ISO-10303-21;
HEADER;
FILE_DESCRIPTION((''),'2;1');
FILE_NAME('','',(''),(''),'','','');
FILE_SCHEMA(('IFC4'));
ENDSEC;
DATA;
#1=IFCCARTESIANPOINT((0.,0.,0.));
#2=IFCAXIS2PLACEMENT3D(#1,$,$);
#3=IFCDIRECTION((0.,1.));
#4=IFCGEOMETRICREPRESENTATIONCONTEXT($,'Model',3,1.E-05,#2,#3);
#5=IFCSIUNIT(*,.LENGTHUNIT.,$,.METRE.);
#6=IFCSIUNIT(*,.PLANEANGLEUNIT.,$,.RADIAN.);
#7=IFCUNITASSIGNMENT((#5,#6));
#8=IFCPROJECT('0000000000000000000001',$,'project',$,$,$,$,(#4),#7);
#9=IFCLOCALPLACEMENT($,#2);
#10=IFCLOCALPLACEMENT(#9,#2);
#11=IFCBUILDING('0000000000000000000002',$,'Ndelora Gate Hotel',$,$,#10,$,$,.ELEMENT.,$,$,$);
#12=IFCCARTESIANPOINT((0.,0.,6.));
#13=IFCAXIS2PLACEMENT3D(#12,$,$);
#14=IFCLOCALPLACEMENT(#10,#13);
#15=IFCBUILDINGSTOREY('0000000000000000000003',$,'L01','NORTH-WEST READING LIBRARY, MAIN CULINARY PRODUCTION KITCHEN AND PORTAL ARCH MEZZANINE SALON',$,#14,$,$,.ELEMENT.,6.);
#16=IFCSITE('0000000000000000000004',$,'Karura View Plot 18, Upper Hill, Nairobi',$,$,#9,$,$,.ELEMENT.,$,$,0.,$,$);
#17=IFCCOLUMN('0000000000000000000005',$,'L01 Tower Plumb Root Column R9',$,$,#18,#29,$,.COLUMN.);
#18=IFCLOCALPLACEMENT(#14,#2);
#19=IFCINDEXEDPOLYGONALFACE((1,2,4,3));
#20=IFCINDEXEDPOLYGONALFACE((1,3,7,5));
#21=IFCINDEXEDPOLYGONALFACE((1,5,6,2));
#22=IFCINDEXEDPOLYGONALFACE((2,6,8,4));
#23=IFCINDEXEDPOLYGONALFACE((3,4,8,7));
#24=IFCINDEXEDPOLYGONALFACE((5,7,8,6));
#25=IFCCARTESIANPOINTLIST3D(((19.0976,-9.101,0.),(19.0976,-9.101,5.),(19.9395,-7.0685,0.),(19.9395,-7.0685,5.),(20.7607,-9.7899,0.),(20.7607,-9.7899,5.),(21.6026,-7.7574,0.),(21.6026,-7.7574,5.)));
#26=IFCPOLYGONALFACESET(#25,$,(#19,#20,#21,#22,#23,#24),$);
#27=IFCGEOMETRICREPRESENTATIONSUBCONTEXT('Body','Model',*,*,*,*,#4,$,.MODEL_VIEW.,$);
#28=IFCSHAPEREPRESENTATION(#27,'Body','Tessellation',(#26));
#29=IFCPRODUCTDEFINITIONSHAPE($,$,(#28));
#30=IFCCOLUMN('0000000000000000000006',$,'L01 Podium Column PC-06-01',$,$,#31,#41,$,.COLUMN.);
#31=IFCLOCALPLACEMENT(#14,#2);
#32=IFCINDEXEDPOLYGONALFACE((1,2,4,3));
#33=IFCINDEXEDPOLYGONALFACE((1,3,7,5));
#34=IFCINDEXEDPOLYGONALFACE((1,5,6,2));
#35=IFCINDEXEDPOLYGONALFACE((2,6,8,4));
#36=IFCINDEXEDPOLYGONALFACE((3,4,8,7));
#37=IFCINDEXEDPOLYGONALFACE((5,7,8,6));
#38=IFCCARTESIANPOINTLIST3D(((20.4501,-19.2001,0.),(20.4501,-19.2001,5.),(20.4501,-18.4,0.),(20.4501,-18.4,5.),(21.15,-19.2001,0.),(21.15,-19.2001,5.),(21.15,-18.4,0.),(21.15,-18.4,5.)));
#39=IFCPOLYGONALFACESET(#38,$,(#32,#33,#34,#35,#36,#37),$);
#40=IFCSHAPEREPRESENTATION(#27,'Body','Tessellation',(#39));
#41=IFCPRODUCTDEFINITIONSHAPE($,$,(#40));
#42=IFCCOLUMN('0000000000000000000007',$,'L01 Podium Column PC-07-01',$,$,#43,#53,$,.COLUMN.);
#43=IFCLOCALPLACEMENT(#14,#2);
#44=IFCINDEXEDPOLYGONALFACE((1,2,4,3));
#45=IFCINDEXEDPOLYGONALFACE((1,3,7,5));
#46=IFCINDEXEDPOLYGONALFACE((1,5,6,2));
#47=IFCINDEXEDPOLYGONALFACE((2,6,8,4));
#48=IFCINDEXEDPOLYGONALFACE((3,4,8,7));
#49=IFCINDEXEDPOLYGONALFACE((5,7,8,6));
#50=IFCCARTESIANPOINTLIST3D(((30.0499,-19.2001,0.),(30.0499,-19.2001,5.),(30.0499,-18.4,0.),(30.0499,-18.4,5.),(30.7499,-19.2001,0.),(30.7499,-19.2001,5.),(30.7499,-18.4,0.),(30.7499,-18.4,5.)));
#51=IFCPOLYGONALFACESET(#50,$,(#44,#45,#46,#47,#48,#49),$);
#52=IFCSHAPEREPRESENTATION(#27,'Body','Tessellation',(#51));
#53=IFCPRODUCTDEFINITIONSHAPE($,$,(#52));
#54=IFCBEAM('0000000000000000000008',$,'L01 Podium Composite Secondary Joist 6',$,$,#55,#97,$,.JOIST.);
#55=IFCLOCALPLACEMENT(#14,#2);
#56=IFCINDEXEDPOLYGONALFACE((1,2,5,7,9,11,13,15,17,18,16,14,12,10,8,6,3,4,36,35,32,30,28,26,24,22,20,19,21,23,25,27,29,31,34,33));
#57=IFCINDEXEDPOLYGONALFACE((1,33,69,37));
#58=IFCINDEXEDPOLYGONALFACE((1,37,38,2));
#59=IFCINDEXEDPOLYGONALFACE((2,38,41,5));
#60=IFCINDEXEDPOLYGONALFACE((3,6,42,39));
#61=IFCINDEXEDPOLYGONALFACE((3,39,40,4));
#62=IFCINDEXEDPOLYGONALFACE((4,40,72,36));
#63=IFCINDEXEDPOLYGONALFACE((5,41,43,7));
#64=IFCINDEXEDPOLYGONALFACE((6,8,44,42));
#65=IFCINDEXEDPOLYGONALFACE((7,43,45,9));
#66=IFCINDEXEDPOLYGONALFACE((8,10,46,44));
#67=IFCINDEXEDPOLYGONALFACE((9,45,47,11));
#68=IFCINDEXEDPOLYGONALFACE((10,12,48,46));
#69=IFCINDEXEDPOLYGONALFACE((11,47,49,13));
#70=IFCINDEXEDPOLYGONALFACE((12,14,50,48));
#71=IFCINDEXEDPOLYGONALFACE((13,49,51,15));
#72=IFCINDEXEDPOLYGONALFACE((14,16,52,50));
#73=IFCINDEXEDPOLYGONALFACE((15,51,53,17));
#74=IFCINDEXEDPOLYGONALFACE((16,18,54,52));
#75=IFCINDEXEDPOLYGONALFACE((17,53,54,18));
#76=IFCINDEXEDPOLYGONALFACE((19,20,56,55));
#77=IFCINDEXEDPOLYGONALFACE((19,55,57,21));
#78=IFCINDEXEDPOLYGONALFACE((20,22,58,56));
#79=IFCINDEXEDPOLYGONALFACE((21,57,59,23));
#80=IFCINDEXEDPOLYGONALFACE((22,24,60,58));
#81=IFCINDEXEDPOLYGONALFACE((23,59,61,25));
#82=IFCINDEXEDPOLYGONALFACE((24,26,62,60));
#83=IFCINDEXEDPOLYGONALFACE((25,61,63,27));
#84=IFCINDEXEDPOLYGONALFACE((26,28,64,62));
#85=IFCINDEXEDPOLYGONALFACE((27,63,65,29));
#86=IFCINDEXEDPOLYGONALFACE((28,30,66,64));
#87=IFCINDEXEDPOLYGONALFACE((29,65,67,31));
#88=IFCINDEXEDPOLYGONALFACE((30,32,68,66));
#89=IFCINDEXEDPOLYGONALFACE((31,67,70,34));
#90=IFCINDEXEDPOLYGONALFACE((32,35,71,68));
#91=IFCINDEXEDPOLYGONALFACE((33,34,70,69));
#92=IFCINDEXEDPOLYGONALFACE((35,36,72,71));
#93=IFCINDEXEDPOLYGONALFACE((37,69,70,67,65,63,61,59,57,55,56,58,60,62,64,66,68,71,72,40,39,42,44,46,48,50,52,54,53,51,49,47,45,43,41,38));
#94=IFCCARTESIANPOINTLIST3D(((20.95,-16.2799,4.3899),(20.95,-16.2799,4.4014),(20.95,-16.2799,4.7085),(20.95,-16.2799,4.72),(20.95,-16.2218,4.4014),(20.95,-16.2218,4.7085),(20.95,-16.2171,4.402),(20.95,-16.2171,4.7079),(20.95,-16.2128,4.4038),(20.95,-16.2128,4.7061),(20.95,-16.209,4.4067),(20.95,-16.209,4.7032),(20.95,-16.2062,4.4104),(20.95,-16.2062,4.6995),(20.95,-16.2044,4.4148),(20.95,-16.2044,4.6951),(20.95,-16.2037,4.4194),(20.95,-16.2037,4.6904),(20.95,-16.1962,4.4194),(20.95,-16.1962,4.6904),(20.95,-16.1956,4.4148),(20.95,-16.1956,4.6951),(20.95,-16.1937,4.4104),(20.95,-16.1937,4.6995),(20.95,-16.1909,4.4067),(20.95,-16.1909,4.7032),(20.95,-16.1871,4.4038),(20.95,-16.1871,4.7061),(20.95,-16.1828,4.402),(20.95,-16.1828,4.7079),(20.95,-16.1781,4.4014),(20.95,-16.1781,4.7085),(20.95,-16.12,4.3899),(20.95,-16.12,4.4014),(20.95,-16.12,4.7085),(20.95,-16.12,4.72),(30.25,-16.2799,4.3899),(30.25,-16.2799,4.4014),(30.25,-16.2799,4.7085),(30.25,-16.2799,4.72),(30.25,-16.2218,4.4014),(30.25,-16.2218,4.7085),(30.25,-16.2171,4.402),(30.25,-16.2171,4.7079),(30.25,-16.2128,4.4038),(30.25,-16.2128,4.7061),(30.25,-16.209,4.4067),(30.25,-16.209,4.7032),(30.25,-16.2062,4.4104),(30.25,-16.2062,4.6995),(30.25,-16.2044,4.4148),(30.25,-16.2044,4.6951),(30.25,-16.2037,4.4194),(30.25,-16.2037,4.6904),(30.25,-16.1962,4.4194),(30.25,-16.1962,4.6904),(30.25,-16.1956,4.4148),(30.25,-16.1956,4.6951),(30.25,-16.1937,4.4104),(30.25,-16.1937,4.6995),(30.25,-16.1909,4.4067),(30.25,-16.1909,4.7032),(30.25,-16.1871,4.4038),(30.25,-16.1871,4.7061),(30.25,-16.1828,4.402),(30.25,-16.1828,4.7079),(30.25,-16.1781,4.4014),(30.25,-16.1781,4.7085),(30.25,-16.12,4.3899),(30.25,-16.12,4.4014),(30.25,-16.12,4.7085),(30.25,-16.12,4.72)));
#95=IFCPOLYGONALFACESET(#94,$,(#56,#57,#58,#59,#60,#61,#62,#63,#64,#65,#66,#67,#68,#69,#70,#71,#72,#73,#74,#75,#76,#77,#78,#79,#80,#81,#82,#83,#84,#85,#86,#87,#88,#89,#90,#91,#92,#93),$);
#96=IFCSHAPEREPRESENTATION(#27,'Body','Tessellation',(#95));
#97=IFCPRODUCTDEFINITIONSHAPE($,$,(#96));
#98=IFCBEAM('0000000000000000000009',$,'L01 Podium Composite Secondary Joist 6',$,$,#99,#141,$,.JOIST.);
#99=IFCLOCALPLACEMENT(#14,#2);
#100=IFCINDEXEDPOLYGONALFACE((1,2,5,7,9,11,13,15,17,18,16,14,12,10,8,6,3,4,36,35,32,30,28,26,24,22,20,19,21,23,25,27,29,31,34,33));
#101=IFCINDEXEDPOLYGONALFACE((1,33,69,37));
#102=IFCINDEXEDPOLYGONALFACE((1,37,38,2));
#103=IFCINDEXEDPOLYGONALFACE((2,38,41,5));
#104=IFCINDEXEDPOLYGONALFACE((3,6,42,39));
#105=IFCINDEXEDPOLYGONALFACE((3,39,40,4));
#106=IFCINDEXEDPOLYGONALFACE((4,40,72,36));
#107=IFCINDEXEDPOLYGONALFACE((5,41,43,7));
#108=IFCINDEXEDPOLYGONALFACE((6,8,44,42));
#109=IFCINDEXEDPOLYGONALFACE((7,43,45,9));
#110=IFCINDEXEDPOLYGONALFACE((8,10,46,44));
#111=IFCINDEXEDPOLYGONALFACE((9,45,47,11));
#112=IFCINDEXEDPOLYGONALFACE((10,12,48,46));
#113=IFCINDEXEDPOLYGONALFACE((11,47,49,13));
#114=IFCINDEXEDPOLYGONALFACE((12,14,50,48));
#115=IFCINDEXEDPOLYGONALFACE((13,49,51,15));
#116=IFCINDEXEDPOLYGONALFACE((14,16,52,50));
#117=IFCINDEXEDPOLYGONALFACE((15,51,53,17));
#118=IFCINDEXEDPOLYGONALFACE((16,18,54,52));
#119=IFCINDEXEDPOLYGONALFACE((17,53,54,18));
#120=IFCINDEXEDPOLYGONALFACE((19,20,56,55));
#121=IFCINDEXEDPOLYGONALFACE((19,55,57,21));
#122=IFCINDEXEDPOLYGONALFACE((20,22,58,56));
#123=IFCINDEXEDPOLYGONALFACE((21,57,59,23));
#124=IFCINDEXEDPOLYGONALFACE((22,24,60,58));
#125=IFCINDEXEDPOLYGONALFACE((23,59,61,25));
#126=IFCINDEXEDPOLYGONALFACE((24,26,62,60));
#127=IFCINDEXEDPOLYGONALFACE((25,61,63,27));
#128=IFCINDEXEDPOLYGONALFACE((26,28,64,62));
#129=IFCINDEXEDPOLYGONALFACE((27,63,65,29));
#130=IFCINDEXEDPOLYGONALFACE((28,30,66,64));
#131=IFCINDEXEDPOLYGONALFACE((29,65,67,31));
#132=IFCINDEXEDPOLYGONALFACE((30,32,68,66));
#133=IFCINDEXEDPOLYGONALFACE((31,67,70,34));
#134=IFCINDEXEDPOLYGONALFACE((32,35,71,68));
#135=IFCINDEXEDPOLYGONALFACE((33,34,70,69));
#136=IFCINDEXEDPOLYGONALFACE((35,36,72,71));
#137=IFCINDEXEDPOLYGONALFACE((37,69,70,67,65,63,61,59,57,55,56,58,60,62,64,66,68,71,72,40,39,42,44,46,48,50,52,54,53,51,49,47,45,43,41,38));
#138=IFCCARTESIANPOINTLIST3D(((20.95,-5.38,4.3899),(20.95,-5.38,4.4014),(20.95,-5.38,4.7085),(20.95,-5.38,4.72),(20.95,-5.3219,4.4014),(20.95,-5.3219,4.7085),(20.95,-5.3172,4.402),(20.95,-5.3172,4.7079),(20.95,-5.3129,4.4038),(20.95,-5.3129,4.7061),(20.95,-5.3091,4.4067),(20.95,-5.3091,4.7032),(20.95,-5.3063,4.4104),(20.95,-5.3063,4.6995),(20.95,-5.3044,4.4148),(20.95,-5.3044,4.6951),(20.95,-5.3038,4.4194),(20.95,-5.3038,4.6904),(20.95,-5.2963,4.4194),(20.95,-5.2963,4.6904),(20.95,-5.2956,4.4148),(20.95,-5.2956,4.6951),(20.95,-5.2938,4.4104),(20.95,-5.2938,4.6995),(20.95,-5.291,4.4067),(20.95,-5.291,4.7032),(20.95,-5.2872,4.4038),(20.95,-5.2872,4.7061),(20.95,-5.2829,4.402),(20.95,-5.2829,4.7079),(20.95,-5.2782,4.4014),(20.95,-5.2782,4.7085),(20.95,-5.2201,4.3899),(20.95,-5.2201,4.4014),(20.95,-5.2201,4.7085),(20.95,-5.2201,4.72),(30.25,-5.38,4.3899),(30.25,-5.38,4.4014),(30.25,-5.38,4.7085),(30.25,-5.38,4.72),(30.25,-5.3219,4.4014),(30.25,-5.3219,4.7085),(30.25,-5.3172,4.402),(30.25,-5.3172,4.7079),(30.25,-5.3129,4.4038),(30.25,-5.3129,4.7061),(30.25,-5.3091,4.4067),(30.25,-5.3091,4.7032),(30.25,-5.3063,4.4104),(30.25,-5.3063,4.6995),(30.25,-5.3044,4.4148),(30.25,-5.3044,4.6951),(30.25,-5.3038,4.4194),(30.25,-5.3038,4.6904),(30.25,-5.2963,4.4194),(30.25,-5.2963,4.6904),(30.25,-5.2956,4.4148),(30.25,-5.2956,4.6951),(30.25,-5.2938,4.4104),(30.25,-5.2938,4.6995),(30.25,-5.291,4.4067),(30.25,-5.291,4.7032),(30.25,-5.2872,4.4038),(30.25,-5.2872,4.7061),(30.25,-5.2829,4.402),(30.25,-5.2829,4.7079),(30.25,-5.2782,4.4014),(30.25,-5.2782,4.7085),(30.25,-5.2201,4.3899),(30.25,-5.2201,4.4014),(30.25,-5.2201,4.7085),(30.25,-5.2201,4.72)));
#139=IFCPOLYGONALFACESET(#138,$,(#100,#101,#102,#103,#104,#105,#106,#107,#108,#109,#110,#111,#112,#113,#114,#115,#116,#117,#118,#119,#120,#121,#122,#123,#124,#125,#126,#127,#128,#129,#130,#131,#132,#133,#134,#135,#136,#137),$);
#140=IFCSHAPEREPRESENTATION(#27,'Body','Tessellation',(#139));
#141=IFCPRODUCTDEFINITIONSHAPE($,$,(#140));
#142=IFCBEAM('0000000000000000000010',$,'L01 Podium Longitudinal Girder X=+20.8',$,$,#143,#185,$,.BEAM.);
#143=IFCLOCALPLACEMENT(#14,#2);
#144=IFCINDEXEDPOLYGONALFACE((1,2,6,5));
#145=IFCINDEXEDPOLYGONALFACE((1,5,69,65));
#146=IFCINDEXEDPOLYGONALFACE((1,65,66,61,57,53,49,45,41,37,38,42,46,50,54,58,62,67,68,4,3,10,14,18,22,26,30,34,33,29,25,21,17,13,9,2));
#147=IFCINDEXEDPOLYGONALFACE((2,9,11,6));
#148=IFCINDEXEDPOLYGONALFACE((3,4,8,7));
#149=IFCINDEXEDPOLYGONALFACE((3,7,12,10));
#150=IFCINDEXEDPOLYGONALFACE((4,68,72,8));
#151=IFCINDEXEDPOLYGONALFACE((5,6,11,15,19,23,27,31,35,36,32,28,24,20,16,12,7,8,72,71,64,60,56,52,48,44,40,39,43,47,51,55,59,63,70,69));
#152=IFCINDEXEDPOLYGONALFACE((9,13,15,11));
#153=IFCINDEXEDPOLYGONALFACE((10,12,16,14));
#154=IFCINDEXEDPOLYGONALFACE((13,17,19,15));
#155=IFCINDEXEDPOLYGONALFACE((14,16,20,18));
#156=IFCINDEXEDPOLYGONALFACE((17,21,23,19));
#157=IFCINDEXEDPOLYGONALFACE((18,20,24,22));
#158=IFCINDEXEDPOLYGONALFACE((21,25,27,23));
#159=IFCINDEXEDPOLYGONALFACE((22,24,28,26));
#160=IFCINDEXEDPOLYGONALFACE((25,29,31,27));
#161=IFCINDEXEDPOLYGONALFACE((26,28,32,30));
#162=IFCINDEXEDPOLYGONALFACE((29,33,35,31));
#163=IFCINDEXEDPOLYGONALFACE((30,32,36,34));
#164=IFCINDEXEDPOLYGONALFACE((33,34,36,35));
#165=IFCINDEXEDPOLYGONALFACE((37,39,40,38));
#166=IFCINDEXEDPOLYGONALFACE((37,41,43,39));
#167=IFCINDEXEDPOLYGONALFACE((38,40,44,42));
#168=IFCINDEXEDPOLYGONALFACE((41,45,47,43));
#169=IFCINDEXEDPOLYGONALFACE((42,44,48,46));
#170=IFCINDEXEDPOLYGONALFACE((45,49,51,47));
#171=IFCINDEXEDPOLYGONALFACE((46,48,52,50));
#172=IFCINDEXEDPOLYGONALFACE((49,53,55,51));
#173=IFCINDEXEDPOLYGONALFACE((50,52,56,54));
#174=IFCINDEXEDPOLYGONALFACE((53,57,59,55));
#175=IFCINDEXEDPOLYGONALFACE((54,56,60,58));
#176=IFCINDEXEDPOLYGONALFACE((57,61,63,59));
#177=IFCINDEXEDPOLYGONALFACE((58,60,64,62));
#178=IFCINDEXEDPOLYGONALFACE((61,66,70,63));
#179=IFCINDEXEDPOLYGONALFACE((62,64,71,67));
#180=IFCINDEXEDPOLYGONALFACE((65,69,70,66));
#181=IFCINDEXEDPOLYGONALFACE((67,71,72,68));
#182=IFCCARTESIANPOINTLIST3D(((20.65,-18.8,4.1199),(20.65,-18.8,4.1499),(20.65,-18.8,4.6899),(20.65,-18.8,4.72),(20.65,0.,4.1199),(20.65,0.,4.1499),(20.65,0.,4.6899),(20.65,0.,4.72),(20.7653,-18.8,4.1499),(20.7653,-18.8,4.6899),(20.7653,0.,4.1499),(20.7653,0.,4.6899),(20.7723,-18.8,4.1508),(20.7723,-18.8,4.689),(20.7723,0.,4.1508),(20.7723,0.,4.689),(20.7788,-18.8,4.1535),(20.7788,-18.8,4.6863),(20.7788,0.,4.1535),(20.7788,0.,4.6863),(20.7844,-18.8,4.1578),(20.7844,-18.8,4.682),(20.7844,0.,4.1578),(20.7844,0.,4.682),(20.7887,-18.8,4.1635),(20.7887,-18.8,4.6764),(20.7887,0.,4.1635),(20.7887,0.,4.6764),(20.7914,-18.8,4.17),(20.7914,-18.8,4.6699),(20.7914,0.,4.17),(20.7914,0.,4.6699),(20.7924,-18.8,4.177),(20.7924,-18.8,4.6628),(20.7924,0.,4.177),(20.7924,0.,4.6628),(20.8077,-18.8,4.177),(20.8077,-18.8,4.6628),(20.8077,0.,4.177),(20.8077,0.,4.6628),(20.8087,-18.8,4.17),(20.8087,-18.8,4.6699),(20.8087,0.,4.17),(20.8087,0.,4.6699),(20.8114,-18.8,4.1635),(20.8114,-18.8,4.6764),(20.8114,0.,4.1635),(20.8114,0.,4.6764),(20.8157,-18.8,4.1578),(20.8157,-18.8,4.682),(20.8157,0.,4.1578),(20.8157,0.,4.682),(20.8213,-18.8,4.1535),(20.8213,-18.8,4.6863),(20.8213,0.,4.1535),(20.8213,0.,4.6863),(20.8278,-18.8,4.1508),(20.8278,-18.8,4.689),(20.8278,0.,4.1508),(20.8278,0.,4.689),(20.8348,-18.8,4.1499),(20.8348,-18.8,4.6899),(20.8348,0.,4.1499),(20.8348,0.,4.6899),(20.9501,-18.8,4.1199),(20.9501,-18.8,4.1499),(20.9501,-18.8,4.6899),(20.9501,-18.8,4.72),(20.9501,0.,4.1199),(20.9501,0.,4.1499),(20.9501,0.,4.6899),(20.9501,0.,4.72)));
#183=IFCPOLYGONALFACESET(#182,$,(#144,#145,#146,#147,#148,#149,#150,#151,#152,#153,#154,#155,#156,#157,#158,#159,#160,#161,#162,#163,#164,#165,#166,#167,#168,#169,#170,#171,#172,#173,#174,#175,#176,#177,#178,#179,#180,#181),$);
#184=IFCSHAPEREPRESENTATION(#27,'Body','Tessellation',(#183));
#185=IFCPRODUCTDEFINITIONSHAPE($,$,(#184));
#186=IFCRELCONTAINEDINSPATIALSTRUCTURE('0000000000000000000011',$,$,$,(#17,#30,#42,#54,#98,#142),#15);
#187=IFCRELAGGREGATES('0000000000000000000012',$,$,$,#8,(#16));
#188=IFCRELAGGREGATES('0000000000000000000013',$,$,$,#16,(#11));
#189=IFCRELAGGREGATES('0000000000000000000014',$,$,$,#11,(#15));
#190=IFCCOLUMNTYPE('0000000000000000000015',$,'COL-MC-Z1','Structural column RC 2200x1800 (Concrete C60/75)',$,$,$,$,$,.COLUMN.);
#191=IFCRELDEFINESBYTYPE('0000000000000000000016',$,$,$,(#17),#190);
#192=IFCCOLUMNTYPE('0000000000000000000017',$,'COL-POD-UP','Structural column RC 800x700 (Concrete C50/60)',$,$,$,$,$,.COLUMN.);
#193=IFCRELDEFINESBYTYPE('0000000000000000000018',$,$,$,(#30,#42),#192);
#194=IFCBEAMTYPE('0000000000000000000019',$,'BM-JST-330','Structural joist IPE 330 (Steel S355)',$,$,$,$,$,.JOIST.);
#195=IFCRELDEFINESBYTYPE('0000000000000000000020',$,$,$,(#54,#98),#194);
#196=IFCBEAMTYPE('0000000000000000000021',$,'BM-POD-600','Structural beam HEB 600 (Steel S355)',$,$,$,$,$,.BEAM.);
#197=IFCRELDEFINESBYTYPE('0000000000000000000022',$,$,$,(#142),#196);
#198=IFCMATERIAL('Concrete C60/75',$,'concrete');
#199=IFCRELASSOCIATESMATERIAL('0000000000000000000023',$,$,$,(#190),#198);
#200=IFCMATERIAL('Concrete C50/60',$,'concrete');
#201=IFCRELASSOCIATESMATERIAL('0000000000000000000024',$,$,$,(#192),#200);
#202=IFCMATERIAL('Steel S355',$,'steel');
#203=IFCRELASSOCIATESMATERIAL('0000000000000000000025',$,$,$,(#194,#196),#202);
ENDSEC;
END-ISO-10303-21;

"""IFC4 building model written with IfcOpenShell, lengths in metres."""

from ifc_helpers import new_model, si_unit, direction, frame, origin, origin_2d, place, context, subcontext, project, spatial, rectangle, i_section, extrude, material, material_profile, profile_set, type_object, element, save


model = new_model("IFC4")

# Units and contexts
model_context = context("Model", 3, precision=1e-05, world=origin(), true_north=direction((0.0, 1.0)))
body_context = subcontext(model_context, "Body", "Model", "MODEL_VIEW")
ifc_project = project(units=[si_unit("LENGTHUNIT", "METRE"), si_unit("PLANEANGLEUNIT", "RADIAN")], contexts=[model_context])

# Site, building, storey
site_placement = place(None, origin())
site = spatial("IfcSite", under=ifc_project, at=site_placement, Name="Karura View Plot 18, Upper Hill, Nairobi", CompositionType="ELEMENT", RefElevation=0.0)
building_placement = place(site_placement, origin())
building = spatial("IfcBuilding", under=site, at=building_placement, Name="Ndelora Gate Hotel", CompositionType="ELEMENT")
storey_placement = place(building_placement, frame((0.0, 0.0, 6.0)))
storey = spatial("IfcBuildingStorey", under=building, at=storey_placement, Name="L01", Description="NORTH-WEST READING LIBRARY, MAIN CULINARY PRODUCTION KITCHEN AND PORTAL ARCH MEZZANINE SALON", CompositionType="ELEMENT", Elevation=6.0)

# Columns
ifc_material_1 = material(Name="Concrete C60/75", Category="concrete")
ifc_material_profile_1 = material_profile(ifc_material_1, rectangle(XDim=1.8, YDim=2.2, at=origin_2d()), Name="RC 2200x1800")
ifc_profile_set_1 = profile_set([ifc_material_profile_1], Name="Concrete C60/75")
column_type_1 = type_object("IfcColumnType", Name="COL-MC-Z1", Description="Structural column RC 2200x1800 (Concrete C60/75)", PredefinedType="COLUMN", material=ifc_profile_set_1)
column_placement = place(storey_placement, frame((20.3501, -8.4292, 0.0), z_axis=(0.0, 0.0, 1.0), x_axis=(-0.92388, 0.382683, 0.0)))
element("IfcColumn", 1, at=column_placement, inside=storey, type_object=column_type_1, Name="L01 Tower Plumb Root Column R9", PredefinedType="COLUMN", context=body_context, shape_type="SweptSolid", body=[
    extrude(rectangle(XDim=1.8, YDim=2.2, at=origin_2d()), origin(), (0.0, 0.0, 1.0), 5.0),
])
ifc_material_2 = material(Name="Concrete C50/60", Category="concrete")
ifc_material_profile_2 = material_profile(ifc_material_2, rectangle(XDim=0.7, YDim=0.8, at=origin_2d()), Name="RC 800x700")
ifc_profile_set_2 = profile_set([ifc_material_profile_2], Name="Concrete C50/60")
column_type_2 = type_object("IfcColumnType", Name="COL-POD-UP", Description="Structural column RC 800x700 (Concrete C50/60)", PredefinedType="COLUMN", material=ifc_profile_set_2)
for number, where, z_axis, x_axis, name in (
    (2, (20.8, -18.8, 0.0), (0.0, 0.0, 1.0), (1.0, 0.0, 0.0), "L01 Podium Column PC-06-01"),
    (3, (30.3999, -18.8, 0.0), (0.0, 0.0, 1.0), (1.0, 0.0, 0.0), "L01 Podium Column PC-07-01"),
):
    element("IfcColumn", number, at=place(storey_placement, frame(where, z_axis=z_axis, x_axis=x_axis)), inside=storey, type_object=column_type_2, Name=name, PredefinedType="COLUMN", context=body_context, shape_type="SweptSolid", body=[
        extrude(rectangle(XDim=0.7, YDim=0.8, at=origin_2d()), origin(), (0.0, 0.0, 1.0), 5.0),
    ])

# Beams
ifc_material_3 = material(Name="Steel S355", Category="steel")
ifc_material_profile_3 = material_profile(ifc_material_3, i_section(OverallWidth=0.1599, OverallDepth=0.3301, WebThickness=0.0076, FlangeThickness=0.0115, FilletRadius=0.0181, at=origin_2d()), Name="IPE 330")
ifc_profile_set_3 = profile_set([ifc_material_profile_3], Name="Steel S355")
beam_type_1 = type_object("IfcBeamType", Name="BM-JST-330", Description="Structural joist IPE 330 (Steel S355)", PredefinedType="JOIST", material=ifc_profile_set_3)
for number, where, z_axis, x_axis, name in (
    (4, (20.95, -16.2, 4.5549), (1.0, 0.0, 0.0), (0.0, 1.0, 0.0), "L01 Podium Composite Secondary Joist 6"),
    (5, (20.95, -5.3, 4.5549), (1.0, 0.0, 0.0), (0.0, 1.0, 0.0), "L01 Podium Composite Secondary Joist 6"),
):
    element("IfcBeam", number, at=place(storey_placement, frame(where, z_axis=z_axis, x_axis=x_axis)), inside=storey, type_object=beam_type_1, Name=name, PredefinedType="JOIST", context=body_context, shape_type="SweptSolid", body=[
        extrude(i_section(OverallWidth=0.1599, OverallDepth=0.3301, WebThickness=0.0076, FlangeThickness=0.0115, FilletRadius=0.0181, at=origin_2d()), origin(), (0.0, 0.0, 1.0), 9.3),
    ])
ifc_material_profile_4 = material_profile(ifc_material_3, i_section(OverallWidth=0.3, OverallDepth=0.6001, WebThickness=0.0154, FlangeThickness=0.03, FilletRadius=0.0271, at=origin_2d()), Name="HEB 600")
ifc_profile_set_4 = profile_set([ifc_material_profile_4], Name="Steel S355")
beam_type_2 = type_object("IfcBeamType", Name="BM-POD-600", Description="Structural beam HEB 600 (Steel S355)", PredefinedType="BEAM", material=ifc_profile_set_4)
beam_1_placement = place(storey_placement, frame((20.8, -18.8, 4.4199), z_axis=(0.0, 1.0, 0.0), x_axis=(-1.0, 0.0, 0.0)))
element("IfcBeam", 6, at=beam_1_placement, inside=storey, type_object=beam_type_2, Name="L01 Podium Longitudinal Girder X=+20.8", PredefinedType="BEAM", context=body_context, shape_type="SweptSolid", body=[
    extrude(i_section(OverallWidth=0.3, OverallDepth=0.6001, WebThickness=0.0154, FlangeThickness=0.03, FilletRadius=0.0271, at=origin_2d()), origin(), (0.0, 0.0, 1.0), 18.8),
])

save(model, "model.ifc")
